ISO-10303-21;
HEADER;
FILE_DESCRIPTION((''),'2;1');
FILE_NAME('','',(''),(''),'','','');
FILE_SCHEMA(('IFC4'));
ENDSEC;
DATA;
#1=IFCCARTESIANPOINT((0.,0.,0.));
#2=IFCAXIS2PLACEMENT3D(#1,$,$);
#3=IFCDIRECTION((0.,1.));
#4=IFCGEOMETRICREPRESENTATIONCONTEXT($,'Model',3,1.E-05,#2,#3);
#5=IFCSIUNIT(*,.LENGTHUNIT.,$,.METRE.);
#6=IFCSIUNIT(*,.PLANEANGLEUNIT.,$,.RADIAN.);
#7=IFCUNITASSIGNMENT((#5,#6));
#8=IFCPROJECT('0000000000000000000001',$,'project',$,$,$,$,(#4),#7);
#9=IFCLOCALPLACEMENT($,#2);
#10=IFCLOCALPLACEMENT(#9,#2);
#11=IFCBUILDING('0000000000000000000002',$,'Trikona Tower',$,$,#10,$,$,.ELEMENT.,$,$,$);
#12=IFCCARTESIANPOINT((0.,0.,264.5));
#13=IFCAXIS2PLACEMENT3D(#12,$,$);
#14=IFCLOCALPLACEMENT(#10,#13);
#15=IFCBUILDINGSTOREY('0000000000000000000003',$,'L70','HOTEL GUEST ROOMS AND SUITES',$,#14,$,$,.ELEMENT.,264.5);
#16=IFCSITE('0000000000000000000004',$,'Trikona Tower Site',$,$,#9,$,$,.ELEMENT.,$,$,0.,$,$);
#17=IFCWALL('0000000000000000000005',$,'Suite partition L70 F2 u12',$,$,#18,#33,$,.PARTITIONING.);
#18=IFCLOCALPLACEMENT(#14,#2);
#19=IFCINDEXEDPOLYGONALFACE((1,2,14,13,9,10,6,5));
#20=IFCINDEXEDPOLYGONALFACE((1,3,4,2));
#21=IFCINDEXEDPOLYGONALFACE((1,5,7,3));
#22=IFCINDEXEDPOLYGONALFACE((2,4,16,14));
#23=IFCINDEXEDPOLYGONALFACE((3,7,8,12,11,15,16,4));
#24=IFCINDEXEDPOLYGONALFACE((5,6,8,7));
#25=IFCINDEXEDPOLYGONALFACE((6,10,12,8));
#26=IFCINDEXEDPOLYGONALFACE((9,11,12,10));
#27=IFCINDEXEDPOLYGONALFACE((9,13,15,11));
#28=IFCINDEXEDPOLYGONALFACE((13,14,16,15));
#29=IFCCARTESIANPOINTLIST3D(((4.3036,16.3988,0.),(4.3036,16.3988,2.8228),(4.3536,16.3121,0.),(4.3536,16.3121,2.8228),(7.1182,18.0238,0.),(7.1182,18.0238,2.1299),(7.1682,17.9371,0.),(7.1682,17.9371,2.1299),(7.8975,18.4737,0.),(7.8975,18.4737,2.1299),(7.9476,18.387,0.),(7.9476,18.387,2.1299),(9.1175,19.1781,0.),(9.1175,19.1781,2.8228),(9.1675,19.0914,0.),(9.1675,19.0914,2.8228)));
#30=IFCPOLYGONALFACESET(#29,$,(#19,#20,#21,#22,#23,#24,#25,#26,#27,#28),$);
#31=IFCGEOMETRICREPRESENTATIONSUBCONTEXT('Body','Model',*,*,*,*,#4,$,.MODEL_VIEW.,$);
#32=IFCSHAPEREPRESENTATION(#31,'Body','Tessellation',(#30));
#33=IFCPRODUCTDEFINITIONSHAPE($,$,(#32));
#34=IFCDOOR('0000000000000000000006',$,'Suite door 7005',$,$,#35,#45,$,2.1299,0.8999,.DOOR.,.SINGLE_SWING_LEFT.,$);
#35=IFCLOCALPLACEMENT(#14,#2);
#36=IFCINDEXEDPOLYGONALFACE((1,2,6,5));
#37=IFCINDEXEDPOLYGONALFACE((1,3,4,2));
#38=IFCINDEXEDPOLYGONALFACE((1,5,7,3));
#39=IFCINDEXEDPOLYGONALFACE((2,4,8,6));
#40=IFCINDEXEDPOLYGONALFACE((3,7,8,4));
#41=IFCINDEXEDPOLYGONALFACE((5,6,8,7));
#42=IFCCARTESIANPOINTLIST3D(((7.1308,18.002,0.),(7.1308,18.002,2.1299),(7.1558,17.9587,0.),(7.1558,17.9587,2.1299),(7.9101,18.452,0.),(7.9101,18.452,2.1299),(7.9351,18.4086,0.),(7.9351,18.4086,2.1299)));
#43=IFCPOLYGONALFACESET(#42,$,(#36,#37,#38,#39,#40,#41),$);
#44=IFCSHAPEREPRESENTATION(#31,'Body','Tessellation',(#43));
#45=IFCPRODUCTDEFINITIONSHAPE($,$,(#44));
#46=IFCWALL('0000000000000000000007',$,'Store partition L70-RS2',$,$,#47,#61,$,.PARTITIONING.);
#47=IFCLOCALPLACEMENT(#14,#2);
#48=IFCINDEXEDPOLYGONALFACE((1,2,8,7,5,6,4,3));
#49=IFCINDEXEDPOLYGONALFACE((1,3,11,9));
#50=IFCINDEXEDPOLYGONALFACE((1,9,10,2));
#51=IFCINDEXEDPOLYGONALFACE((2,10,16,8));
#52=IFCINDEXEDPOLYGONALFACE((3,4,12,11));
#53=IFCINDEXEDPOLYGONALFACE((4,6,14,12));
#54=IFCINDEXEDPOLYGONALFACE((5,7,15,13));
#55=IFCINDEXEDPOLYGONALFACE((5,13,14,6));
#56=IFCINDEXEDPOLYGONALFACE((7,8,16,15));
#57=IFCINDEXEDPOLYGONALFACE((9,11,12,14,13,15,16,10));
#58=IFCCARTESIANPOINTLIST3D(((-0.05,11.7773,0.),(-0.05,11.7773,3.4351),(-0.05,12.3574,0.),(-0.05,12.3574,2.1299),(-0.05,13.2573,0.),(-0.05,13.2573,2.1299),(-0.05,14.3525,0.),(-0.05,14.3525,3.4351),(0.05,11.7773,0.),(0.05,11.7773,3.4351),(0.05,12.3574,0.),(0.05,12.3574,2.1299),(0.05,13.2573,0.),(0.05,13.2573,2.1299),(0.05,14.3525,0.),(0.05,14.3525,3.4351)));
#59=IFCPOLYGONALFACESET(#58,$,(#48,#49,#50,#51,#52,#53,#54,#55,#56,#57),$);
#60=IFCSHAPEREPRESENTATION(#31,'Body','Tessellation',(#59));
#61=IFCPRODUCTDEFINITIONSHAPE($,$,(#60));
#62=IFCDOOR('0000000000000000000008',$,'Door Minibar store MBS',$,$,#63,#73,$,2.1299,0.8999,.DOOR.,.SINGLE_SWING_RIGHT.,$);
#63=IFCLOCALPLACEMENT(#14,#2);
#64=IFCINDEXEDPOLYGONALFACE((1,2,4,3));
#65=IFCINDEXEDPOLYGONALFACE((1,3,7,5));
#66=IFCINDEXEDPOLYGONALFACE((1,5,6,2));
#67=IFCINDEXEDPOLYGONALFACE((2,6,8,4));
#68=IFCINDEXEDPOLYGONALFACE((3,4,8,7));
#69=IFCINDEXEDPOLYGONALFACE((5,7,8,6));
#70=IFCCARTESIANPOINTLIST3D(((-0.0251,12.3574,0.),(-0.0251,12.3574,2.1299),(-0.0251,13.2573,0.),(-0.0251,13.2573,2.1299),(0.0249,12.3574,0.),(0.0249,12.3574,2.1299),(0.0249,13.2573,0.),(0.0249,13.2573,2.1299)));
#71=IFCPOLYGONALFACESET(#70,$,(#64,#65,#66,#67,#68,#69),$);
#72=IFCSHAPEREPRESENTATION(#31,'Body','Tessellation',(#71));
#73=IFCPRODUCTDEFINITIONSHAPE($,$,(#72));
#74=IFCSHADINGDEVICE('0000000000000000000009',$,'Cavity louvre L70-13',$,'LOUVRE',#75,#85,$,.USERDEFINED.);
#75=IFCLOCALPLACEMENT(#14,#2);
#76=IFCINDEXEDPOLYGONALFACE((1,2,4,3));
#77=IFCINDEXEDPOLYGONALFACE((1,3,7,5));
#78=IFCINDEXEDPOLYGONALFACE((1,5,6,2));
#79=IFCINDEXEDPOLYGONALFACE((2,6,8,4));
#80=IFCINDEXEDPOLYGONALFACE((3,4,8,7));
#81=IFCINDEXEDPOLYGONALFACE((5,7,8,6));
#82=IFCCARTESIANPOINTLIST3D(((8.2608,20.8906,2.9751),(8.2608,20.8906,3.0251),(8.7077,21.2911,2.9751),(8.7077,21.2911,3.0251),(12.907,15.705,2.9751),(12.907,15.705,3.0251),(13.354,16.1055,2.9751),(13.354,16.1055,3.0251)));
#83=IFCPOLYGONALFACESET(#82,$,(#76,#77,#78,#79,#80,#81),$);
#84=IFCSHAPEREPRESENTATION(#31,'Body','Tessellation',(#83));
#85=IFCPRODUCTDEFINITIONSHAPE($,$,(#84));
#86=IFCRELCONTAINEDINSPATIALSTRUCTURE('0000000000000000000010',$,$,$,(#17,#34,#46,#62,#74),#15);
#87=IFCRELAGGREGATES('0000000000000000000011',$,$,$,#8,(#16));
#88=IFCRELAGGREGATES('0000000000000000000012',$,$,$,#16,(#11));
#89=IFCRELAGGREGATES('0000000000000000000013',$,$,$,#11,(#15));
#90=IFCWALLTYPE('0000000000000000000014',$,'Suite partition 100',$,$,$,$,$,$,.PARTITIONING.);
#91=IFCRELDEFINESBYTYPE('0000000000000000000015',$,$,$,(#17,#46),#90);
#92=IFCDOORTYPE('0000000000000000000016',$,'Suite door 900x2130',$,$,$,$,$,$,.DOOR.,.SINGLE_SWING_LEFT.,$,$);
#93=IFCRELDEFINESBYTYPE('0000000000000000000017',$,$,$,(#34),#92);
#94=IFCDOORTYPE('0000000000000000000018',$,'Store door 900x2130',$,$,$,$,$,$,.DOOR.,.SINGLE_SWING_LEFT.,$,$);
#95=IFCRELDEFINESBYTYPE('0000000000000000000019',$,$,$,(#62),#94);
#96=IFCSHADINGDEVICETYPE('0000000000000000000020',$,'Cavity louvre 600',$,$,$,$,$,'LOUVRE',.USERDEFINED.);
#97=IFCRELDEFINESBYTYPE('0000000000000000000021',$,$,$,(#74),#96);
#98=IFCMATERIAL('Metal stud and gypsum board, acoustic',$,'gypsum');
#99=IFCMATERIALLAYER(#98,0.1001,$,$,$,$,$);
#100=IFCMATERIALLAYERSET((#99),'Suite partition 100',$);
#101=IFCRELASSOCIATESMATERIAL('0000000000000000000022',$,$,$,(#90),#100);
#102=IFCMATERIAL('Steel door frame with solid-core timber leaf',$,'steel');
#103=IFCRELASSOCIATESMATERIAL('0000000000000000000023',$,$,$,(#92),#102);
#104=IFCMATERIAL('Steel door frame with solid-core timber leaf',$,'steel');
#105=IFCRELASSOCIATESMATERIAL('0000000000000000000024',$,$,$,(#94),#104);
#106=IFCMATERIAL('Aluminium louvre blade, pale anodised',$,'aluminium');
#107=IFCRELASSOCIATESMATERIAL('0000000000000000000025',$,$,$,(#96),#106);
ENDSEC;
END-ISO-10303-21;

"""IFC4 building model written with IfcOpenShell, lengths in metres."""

from ifc_helpers import new_model, si_unit, direction, frame, frame_2d, origin, origin_2d, place, context, subcontext, project, spatial, rectangle, extrude, material, layer, layer_set, type_object, element, fill, save


model = new_model("IFC4")

# Units and contexts
model_context = context("Model", 3, precision=1e-05, world=origin(), true_north=direction((0.0, 1.0)))
body_context = subcontext(model_context, "Body", "Model", "MODEL_VIEW")
ifc_project = project(units=[si_unit("LENGTHUNIT", "METRE"), si_unit("PLANEANGLEUNIT", "RADIAN")], contexts=[model_context])

# Site, building, storey
site_placement = place(None, origin())
site = spatial("IfcSite", under=ifc_project, at=site_placement, Name="Trikona Tower Site", CompositionType="ELEMENT", RefElevation=0.0)
building_placement = place(site_placement, origin())
building = spatial("IfcBuilding", under=site, at=building_placement, Name="Trikona Tower", CompositionType="ELEMENT")
storey_placement = place(building_placement, frame((0.0, 0.0, 264.5)))
storey = spatial("IfcBuildingStorey", under=building, at=storey_placement, Name="L70", Description="HOTEL GUEST ROOMS AND SUITES", CompositionType="ELEMENT", Elevation=264.5)

# Walls, openings, doors
ifc_material_1 = material(Name="Metal stud and gypsum board, acoustic", Category="gypsum")
ifc_layer_1 = layer(ifc_material_1, 0.1001)
ifc_layer_set_1 = layer_set([ifc_layer_1], Name="Suite partition 100")
wall_type_1 = type_object("IfcWallType", Name="Suite partition 100", PredefinedType="PARTITIONING", material=ifc_layer_set_1)
wall_1_placement = place(storey_placement, frame((4.3286, 16.3555, 0.0), z_axis=(0.0, 0.0, 1.0), x_axis=(0.866029, 0.499994, 0.0)))
wall_1 = element("IfcWall", 1, at=wall_1_placement, inside=storey, type_object=wall_type_1, Name="Suite partition L70 F2 u12", PredefinedType="PARTITIONING", context=body_context, shape_type="SweptSolid", body=[
    extrude(rectangle(XDim=5.5586, YDim=0.1001, at=frame_2d((2.7793, 0.0))), origin(), (0.0, 0.0, 1.0), 2.8228),
])
opening_1_placement = place(wall_1_placement, frame((3.25, 0.0, 0.0)))
opening_1 = element("IfcOpeningElement", 2, at=opening_1_placement, cuts=wall_1, PredefinedType="OPENING", context=body_context, shape_type="SweptSolid", body=[
    extrude(rectangle(XDim=0.8999, YDim=2.1299, at=frame_2d((0.45, 1.0649))), frame((0.0, 0.0601, 0.0), z_axis=(0.0, -1.0, 0.0), x_axis=(1.0, 0.0, 0.0)), (0.0, 0.0, 1.0), 0.1201),
])
ifc_material_2 = material(Name="Steel door frame with solid-core timber leaf", Category="steel")
door_type_1 = type_object("IfcDoorType", Name="Suite door 900x2130", OperationType="SINGLE_SWING_LEFT", PredefinedType="DOOR", material=ifc_material_2)
door_1_placement = place(opening_1_placement, origin())
door_1 = element("IfcDoor", 3, at=door_1_placement, inside=storey, type_object=door_type_1, Name="Suite door 7005", OperationType="SINGLE_SWING_LEFT", OverallHeight=2.1299, OverallWidth=0.8999, PredefinedType="DOOR", context=body_context, shape_type="SweptSolid", body=[
    extrude(rectangle(XDim=0.8999, YDim=2.1299, at=frame_2d((0.45, 1.0649))), frame((0.0, 0.0249, 0.0), z_axis=(0.0, -1.0, 0.0), x_axis=(1.0, 0.0, 0.0)), (0.0, 0.0, 1.0), 0.05),
])
fill(opening_1, door_1)
wall_2_placement = place(storey_placement, frame((0.0, 14.3525, 0.0), z_axis=(0.0, 0.0, 1.0), x_axis=(0.0, -1.0, 0.0)))
wall_2 = element("IfcWall", 4, at=wall_2_placement, inside=storey, type_object=wall_type_1, Name="Store partition L70-RS2", PredefinedType="PARTITIONING", context=body_context, shape_type="SweptSolid", body=[
    extrude(rectangle(XDim=2.5752, YDim=0.1001, at=frame_2d((1.2876, 0.0))), origin(), (0.0, 0.0, 1.0), 3.4351),
])
opening_2_placement = place(wall_2_placement, frame((1.0952, 0.0, 0.0)))
opening_2 = element("IfcOpeningElement", 5, at=opening_2_placement, cuts=wall_2, PredefinedType="OPENING", context=body_context, shape_type="SweptSolid", body=[
    extrude(rectangle(XDim=0.8999, YDim=2.1299, at=frame_2d((0.45, 1.0649))), frame((0.0, 0.0601, 0.0), z_axis=(0.0, -1.0, 0.0), x_axis=(1.0, 0.0, 0.0)), (0.0, 0.0, 1.0), 0.1201),
])
ifc_material_3 = material(Name="Steel door frame with solid-core timber leaf", Category="steel")
door_type_2 = type_object("IfcDoorType", Name="Store door 900x2130", OperationType="SINGLE_SWING_LEFT", PredefinedType="DOOR", material=ifc_material_3)
door_2_placement = place(opening_2_placement, origin())
door_2 = element("IfcDoor", 6, at=door_2_placement, inside=storey, type_object=door_type_2, Name="Door Minibar store MBS", OperationType="SINGLE_SWING_RIGHT", OverallHeight=2.1299, OverallWidth=0.8999, PredefinedType="DOOR", context=body_context, shape_type="SweptSolid", body=[
    extrude(rectangle(XDim=0.8999, YDim=2.1299, at=frame_2d((0.45, 1.0649))), frame((0.0, 0.0249, 0.0), z_axis=(0.0, -1.0, 0.0), x_axis=(1.0, 0.0, 0.0)), (0.0, 0.0, 1.0), 0.05),
])
fill(opening_2, door_2)

# Shading device
ifc_material_4 = material(Name="Aluminium louvre blade, pale anodised", Category="aluminium")
shading_device_type = type_object("IfcShadingDeviceType", Name="Cavity louvre 600", ElementType="LOUVRE", PredefinedType="USERDEFINED", material=ifc_material_4)
shading_device_placement = place(storey_placement, frame((10.8074, 18.498, 2.9751), z_axis=(0.0, 0.0, 1.0), x_axis=(-0.667311, 0.744779, 0.0)))
element("IfcShadingDevice", 7, at=shading_device_placement, inside=storey, type_object=shading_device_type, Name="Cavity louvre L70-13", ObjectType="LOUVRE", PredefinedType="USERDEFINED", context=body_context, shape_type="SweptSolid", body=[
    extrude(rectangle(XDim=6.9626, YDim=0.6001, at=origin_2d()), origin(), (0.0, 0.0, 1.0), 0.05),
])

save(model, "model.ifc")
